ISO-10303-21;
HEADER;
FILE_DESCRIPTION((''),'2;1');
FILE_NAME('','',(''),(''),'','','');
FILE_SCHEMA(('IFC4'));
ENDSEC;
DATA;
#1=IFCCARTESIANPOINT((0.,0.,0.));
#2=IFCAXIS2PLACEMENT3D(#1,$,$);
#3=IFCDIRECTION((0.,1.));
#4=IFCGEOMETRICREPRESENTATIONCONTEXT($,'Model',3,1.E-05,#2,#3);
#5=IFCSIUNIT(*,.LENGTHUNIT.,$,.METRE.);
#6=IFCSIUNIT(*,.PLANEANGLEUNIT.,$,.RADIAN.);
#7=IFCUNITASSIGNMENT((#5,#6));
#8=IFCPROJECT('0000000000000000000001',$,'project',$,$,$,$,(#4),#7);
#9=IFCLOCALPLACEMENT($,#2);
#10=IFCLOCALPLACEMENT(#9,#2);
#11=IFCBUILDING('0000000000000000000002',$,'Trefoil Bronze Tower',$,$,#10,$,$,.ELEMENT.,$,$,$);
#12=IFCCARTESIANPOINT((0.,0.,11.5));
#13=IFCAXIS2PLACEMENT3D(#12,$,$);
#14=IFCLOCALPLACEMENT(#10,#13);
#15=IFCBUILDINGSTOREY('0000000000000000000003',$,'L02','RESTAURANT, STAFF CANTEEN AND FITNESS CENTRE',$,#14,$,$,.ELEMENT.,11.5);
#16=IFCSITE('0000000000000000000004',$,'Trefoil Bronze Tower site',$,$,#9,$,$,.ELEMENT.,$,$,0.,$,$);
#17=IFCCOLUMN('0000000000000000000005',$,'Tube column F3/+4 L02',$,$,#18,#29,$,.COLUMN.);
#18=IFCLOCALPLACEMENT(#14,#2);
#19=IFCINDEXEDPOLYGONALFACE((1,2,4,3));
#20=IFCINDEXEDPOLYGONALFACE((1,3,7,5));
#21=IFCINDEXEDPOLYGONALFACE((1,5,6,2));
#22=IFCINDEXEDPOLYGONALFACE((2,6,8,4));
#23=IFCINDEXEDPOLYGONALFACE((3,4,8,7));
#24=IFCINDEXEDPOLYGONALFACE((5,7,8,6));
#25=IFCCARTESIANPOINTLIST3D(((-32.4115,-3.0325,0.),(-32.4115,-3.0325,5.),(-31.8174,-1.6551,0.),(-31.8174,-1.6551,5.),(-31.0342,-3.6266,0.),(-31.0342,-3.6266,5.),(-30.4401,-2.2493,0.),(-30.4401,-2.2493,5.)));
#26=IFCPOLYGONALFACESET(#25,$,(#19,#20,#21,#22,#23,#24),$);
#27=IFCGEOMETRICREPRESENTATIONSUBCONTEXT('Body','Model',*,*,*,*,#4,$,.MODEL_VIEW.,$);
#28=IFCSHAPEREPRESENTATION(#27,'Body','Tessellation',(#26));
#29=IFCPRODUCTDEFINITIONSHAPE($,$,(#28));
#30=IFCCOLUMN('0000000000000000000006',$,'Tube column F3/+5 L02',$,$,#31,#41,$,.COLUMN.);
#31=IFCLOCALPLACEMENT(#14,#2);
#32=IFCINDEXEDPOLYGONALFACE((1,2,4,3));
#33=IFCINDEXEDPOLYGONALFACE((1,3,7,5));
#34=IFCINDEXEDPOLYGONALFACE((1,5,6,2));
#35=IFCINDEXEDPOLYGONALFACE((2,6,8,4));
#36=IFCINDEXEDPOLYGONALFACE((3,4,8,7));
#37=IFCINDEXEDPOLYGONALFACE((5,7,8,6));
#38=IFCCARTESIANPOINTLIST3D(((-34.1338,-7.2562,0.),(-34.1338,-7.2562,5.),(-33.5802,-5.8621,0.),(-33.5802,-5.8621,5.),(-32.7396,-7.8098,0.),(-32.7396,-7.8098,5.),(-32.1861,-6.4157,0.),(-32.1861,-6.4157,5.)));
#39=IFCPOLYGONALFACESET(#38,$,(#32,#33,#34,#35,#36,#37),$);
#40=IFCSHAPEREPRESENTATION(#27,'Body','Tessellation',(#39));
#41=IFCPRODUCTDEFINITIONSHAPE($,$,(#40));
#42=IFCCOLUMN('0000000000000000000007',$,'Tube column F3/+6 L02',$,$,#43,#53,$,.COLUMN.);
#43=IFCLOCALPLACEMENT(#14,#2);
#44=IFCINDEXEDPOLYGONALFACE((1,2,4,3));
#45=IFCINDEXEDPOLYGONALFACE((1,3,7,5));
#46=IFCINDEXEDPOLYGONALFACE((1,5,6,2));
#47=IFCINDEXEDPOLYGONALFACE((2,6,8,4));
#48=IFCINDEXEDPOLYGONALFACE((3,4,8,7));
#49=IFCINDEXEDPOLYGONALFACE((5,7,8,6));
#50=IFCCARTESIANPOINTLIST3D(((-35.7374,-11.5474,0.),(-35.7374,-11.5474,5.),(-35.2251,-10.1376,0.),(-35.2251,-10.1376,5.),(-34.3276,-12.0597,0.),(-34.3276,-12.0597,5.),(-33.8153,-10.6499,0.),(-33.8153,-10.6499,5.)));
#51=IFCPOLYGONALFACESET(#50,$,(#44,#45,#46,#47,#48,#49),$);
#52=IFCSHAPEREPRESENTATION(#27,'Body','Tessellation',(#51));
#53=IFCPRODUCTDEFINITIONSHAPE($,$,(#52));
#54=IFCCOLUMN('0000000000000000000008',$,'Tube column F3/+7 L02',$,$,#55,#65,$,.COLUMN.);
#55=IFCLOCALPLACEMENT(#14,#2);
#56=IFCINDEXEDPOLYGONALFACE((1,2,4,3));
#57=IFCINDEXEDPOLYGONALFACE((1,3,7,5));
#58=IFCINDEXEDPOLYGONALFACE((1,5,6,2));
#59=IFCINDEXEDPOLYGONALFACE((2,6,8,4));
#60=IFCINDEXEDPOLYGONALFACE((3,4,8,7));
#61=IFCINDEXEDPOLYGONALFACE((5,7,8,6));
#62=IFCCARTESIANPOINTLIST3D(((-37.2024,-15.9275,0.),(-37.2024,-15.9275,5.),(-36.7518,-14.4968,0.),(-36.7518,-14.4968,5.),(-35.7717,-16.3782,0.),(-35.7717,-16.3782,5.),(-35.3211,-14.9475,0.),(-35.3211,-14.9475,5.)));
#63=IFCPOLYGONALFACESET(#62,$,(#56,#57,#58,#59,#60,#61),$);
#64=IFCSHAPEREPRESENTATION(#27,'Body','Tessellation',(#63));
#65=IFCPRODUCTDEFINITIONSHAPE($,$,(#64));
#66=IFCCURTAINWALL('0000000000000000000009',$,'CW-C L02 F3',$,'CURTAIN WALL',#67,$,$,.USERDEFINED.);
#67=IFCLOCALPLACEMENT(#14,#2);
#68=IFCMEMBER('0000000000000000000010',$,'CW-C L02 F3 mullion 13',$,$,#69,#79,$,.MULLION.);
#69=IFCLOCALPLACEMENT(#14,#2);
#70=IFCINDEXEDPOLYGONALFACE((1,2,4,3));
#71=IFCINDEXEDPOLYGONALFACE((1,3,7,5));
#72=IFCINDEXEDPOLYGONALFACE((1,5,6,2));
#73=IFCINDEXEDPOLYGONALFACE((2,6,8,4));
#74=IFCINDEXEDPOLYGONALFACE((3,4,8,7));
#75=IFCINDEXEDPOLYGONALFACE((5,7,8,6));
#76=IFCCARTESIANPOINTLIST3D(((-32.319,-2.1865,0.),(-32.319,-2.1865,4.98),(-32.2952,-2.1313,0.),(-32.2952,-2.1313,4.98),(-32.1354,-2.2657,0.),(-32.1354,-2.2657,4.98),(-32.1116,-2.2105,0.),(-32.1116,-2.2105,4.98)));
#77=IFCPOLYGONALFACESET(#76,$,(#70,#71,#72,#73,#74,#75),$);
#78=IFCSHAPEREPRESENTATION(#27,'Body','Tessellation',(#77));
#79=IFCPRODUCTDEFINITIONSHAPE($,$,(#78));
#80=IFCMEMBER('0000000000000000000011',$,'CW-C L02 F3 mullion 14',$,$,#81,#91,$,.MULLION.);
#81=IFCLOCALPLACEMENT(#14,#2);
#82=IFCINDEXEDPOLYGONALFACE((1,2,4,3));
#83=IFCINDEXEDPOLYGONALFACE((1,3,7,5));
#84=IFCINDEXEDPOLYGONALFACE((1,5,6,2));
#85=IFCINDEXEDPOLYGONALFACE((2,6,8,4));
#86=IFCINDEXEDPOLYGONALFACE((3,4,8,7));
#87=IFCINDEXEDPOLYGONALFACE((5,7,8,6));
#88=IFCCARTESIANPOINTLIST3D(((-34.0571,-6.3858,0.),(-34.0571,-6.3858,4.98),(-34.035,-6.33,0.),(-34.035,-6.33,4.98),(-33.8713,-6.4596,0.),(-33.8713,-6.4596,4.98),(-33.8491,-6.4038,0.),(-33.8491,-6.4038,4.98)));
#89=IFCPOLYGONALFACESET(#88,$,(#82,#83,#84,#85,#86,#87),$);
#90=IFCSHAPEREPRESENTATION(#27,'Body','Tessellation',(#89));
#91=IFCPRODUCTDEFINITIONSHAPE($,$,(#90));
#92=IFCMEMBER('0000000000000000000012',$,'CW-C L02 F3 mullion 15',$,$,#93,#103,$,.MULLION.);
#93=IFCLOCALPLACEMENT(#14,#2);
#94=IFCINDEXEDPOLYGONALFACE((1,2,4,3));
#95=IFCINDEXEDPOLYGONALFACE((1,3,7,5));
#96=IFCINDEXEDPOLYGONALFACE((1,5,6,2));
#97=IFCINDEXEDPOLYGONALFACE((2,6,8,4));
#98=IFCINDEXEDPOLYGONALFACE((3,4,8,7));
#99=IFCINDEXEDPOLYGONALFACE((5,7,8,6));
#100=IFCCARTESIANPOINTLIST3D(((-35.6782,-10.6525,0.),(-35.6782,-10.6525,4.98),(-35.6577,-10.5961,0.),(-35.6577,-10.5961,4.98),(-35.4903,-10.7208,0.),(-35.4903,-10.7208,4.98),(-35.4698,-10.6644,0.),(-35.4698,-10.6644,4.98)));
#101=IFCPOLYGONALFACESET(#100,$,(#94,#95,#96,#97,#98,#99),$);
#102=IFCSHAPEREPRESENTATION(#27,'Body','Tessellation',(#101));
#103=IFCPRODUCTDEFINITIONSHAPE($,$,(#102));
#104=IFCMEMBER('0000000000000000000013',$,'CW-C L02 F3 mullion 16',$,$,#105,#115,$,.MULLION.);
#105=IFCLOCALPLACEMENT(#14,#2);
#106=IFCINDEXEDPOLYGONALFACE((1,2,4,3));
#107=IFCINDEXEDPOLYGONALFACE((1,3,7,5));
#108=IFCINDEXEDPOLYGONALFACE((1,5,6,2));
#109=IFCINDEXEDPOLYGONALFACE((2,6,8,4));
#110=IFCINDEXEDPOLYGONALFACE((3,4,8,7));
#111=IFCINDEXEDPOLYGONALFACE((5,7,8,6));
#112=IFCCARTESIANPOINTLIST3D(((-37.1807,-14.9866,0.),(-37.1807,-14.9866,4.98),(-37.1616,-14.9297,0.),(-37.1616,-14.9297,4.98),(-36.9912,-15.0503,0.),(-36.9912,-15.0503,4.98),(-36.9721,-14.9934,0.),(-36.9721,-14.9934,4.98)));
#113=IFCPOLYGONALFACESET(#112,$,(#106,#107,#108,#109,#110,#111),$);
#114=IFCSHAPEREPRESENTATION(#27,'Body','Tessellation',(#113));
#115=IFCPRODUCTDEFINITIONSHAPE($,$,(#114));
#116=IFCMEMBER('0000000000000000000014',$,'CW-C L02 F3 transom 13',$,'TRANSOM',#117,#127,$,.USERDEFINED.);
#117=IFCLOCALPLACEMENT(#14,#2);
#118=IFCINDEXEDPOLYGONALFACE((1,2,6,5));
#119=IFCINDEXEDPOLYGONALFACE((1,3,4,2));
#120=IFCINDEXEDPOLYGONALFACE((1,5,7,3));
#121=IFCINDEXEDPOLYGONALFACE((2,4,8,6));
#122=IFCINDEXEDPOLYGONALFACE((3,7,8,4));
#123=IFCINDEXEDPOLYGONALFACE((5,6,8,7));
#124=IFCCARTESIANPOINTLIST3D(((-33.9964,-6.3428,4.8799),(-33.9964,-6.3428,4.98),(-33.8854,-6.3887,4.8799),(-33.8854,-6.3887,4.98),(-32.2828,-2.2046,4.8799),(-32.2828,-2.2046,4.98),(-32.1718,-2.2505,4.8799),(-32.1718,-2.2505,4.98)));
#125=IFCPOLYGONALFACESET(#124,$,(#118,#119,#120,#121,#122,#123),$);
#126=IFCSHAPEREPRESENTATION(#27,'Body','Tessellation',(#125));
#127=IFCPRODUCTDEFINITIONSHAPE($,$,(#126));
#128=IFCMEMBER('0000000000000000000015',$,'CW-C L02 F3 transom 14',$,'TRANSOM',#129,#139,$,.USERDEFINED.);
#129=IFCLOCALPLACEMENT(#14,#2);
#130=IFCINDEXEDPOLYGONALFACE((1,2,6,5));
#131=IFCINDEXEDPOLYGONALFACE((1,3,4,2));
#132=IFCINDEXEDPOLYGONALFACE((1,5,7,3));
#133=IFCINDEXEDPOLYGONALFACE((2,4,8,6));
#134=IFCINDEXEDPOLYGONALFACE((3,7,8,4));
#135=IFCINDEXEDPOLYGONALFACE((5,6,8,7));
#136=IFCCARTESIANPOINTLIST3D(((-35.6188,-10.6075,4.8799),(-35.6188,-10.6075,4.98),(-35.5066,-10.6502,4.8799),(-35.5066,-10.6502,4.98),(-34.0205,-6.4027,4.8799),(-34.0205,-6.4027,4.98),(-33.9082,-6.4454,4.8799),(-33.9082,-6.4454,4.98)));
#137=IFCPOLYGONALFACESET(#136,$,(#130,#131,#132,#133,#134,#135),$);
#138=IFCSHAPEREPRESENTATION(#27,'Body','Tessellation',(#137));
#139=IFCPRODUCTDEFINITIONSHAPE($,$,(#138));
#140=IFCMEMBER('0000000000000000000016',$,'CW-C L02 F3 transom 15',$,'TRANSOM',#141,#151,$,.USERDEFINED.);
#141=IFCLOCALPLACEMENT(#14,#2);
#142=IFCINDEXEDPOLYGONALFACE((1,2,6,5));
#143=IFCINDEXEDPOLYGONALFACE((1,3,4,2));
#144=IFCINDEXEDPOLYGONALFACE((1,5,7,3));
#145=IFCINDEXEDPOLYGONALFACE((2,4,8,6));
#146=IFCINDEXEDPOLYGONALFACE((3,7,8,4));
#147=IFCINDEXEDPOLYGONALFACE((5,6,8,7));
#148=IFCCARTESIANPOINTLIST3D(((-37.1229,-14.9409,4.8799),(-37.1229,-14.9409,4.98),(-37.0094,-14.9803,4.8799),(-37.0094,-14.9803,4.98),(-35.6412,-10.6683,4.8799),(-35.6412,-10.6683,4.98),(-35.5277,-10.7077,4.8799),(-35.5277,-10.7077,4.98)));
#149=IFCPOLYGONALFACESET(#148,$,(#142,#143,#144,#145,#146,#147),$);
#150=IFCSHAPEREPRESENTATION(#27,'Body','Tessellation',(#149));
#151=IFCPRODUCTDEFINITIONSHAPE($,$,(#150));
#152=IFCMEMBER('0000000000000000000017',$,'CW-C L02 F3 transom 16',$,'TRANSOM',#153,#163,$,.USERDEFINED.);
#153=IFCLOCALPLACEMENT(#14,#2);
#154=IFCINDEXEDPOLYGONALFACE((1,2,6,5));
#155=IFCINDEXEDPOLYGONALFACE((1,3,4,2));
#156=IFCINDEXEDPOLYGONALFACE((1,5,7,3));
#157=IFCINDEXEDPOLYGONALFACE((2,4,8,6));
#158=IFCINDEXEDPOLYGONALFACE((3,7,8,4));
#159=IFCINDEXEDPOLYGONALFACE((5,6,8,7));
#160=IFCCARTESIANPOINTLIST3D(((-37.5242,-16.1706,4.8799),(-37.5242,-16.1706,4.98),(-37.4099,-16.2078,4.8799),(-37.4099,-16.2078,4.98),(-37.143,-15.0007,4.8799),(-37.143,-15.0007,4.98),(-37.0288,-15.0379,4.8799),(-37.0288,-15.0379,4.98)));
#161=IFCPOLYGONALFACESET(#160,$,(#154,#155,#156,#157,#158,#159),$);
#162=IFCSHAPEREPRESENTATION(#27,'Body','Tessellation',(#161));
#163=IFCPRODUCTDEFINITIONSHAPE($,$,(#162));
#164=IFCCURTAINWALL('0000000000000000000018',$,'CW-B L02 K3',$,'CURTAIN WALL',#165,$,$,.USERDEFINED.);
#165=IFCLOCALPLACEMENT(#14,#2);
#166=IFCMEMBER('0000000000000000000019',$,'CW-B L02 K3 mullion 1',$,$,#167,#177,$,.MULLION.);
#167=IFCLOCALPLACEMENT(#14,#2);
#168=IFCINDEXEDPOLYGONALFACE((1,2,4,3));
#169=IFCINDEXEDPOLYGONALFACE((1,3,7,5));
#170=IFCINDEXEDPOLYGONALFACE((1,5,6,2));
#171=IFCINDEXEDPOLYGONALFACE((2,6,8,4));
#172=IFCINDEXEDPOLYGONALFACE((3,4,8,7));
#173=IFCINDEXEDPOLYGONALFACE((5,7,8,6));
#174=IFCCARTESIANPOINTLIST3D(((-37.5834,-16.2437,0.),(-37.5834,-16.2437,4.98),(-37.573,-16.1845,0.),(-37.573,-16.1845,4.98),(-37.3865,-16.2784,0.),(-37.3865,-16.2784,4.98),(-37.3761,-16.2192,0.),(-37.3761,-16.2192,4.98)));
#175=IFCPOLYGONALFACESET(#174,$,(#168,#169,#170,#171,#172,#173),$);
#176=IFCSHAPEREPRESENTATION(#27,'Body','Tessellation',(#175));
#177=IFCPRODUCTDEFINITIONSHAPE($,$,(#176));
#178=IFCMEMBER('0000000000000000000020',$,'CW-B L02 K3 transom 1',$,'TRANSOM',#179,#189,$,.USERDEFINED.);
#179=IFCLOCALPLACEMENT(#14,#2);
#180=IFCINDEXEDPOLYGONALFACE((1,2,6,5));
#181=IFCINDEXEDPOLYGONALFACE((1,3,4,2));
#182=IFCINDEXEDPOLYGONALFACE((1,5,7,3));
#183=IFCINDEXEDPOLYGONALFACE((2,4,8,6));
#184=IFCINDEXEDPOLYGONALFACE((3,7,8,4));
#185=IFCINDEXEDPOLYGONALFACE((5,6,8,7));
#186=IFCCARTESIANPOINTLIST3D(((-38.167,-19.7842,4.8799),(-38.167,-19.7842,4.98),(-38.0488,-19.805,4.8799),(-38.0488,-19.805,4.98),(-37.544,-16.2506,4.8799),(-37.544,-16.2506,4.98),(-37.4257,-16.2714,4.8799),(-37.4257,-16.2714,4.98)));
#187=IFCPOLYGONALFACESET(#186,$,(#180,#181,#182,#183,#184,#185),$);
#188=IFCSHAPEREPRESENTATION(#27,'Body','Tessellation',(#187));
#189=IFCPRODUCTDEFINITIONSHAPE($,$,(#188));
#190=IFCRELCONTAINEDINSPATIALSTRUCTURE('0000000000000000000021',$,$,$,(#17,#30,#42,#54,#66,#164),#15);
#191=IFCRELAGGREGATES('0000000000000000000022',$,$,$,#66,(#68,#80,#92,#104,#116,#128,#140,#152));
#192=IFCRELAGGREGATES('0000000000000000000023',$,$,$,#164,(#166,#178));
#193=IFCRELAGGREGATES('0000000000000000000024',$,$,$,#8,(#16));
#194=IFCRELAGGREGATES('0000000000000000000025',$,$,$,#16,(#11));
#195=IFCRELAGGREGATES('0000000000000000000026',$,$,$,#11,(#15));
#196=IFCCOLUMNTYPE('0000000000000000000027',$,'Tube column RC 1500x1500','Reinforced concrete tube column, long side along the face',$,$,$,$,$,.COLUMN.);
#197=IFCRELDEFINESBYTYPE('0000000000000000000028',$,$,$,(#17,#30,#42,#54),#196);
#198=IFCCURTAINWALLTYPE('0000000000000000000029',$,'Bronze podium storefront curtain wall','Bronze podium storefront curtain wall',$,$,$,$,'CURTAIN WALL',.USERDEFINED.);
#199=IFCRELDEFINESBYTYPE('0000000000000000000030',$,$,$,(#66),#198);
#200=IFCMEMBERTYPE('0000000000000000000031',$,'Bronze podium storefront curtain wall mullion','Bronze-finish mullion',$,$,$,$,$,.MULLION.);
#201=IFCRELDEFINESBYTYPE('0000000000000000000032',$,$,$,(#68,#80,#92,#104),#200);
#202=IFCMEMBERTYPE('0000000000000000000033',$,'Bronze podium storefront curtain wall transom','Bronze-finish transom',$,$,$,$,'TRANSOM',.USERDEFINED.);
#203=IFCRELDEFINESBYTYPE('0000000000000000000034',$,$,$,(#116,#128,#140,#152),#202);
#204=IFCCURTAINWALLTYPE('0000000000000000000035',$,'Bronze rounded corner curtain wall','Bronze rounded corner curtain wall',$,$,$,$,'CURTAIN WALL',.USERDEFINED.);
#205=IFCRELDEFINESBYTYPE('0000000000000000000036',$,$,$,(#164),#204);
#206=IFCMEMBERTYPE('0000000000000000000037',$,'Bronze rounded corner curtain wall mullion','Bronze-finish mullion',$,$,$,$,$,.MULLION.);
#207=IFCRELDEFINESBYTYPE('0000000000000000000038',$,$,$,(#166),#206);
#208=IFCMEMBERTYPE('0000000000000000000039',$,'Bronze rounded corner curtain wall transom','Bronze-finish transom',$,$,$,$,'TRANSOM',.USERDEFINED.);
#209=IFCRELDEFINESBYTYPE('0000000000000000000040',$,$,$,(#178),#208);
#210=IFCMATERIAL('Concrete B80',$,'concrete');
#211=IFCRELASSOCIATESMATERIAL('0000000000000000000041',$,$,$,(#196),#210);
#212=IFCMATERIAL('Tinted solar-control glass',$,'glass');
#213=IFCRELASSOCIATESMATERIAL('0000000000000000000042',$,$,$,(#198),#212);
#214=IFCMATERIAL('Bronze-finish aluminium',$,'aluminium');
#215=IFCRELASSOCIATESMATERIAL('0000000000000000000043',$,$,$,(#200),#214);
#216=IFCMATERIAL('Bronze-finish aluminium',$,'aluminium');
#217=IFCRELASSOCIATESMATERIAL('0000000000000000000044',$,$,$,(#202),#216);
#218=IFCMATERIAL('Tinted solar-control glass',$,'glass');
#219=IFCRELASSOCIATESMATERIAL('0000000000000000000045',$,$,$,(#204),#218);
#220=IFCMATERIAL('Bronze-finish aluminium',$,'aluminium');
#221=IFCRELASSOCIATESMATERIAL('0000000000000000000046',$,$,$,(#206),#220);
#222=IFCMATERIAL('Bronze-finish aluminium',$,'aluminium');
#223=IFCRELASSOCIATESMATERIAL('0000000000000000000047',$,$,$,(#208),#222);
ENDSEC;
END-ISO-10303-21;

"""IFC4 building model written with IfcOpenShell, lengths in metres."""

from ifc_helpers import new_model, si_unit, direction, frame, origin, origin_2d, place, context, subcontext, project, spatial, rectangle, extrude, material, material_profile, profile_set, type_object, element, aggregate, save


model = new_model("IFC4")

# Units and contexts
model_context = context("Model", 3, precision=1e-05, world=origin(), true_north=direction((0.0, 1.0)))
body_context = subcontext(model_context, "Body", "Model", "MODEL_VIEW")
ifc_project = project(units=[si_unit("LENGTHUNIT", "METRE"), si_unit("PLANEANGLEUNIT", "RADIAN")], contexts=[model_context])

# Site, building, storey
site_placement = place(None, origin())
site = spatial("IfcSite", under=ifc_project, at=site_placement, Name="Trefoil Bronze Tower site", CompositionType="ELEMENT", RefElevation=0.0)
building_placement = place(site_placement, origin())
building = spatial("IfcBuilding", under=site, at=building_placement, Name="Trefoil Bronze Tower", CompositionType="ELEMENT")
storey_placement = place(building_placement, frame((0.0, 0.0, 11.5)))
storey = spatial("IfcBuildingStorey", under=building, at=storey_placement, Name="L02", Description="RESTAURANT, STAFF CANTEEN AND FITNESS CENTRE", CompositionType="ELEMENT", Elevation=11.5)

# Columns
ifc_material_1 = material(Name="Concrete B80", Category="concrete")
ifc_material_profile_1 = material_profile(ifc_material_1, rectangle(XDim=1.5, YDim=1.5, at=origin_2d()), Name="RC 1500x1500")
ifc_profile_set_1 = profile_set([ifc_material_profile_1], Name="Concrete B80")
column_type = type_object("IfcColumnType", Name="Tube column RC 1500x1500", Description="Reinforced concrete tube column, long side along the face", PredefinedType="COLUMN", material=ifc_profile_set_1)
for number, where, z_axis, x_axis, name in (
    (1, (-31.4258, -2.6409, 0.0), (0.0, 0.0, 1.0), (-0.396085, -0.918214, 0.0), "Tube column F3/+4 L02"),
    (2, (-33.1599, -6.8359, 0.0), (0.0, 0.0, 1.0), (-0.36904, -0.929414, 0.0), "Tube column F3/+5 L02"),
    (3, (-34.7764, -11.0986, 0.0), (0.0, 0.0, 1.0), (-0.341559, -0.93986, 0.0), "Tube column F3/+6 L02"),
    (4, (-36.2617, -15.4375, 0.0), (0.0, 0.0, 1.0), (-0.300414, -0.953809, 0.0), "Tube column F3/+7 L02"),
):
    element("IfcColumn", number, at=place(storey_placement, frame(where, z_axis=z_axis, x_axis=x_axis)), inside=storey, type_object=column_type, Name=name, PredefinedType="COLUMN", context=body_context, shape_type="SweptSolid", body=[
        extrude(rectangle(XDim=1.5, YDim=1.5, at=origin_2d()), origin(), (0.0, 0.0, 1.0), 5.0),
    ])

# Curtain walls, members
ifc_material_2 = material(Name="Tinted solar-control glass", Category="glass")
curtain_wall_type_1 = type_object("IfcCurtainWallType", Name="Bronze podium storefront curtain wall", Description="Bronze podium storefront curtain wall", ElementType="CURTAIN WALL", PredefinedType="USERDEFINED", material=ifc_material_2)
curtain_wall_1_placement = place(storey_placement, origin())
curtain_wall_1 = element("IfcCurtainWall", 5, at=curtain_wall_1_placement, inside=storey, type_object=curtain_wall_type_1, Name="CW-C L02 F3", ObjectType="CURTAIN WALL", PredefinedType="USERDEFINED")
ifc_material_3 = material(Name="Bronze-finish aluminium", Category="aluminium")
ifc_material_profile_2 = material_profile(ifc_material_3, rectangle(XDim=0.2, YDim=0.0601, at=origin_2d()), Name="CW-C mullion")
ifc_profile_set_2 = profile_set([ifc_material_profile_2], Name="Bronze-finish aluminium")
member_type_1 = type_object("IfcMemberType", Name="Bronze podium storefront curtain wall mullion", Description="Bronze-finish mullion", PredefinedType="MULLION", material=ifc_profile_set_2)
member_1_placement = place(storey_placement, frame((-32.2153, -2.1985, 0.0), z_axis=(0.0, 0.0, 1.0), x_axis=(0.918214, -0.396085, 0.0)))
member_1 = element("IfcMember", 6, at=member_1_placement, type_object=member_type_1, Name="CW-C L02 F3 mullion 13", PredefinedType="MULLION", context=body_context, shape_type="SweptSolid", body=[
    extrude(rectangle(XDim=0.2, YDim=0.0601, at=origin_2d()), origin(), (0.0, 0.0, 1.0), 4.98),
])
member_2_placement = place(storey_placement, frame((-33.9531, -6.3948, 0.0), z_axis=(0.0, 0.0, 1.0), x_axis=(0.929414, -0.36904, 0.0)))
member_2 = element("IfcMember", 7, at=member_2_placement, type_object=member_type_1, Name="CW-C L02 F3 mullion 14", PredefinedType="MULLION", context=body_context, shape_type="SweptSolid", body=[
    extrude(rectangle(XDim=0.2, YDim=0.0601, at=origin_2d()), origin(), (0.0, 0.0, 1.0), 4.98),
])
member_3_placement = place(storey_placement, frame((-35.574, -10.6584, 0.0), z_axis=(0.0, 0.0, 1.0), x_axis=(0.93986, -0.341559, 0.0)))
member_3 = element("IfcMember", 8, at=member_3_placement, type_object=member_type_1, Name="CW-C L02 F3 mullion 15", PredefinedType="MULLION", context=body_context, shape_type="SweptSolid", body=[
    extrude(rectangle(XDim=0.2, YDim=0.0601, at=origin_2d()), origin(), (0.0, 0.0, 1.0), 4.98),
])
member_4_placement = place(storey_placement, frame((-37.0764, -14.99, 0.0), z_axis=(0.0, 0.0, 1.0), x_axis=(0.947851, -0.318715, 0.0)))
member_4 = element("IfcMember", 9, at=member_4_placement, type_object=member_type_1, Name="CW-C L02 F3 mullion 16", PredefinedType="MULLION", context=body_context, shape_type="SweptSolid", body=[
    extrude(rectangle(XDim=0.2, YDim=0.0601, at=origin_2d()), origin(), (0.0, 0.0, 1.0), 4.98),
])
ifc_material_4 = material(Name="Bronze-finish aluminium", Category="aluminium")
ifc_material_profile_3 = material_profile(ifc_material_4, rectangle(XDim=0.1201, YDim=0.1001, at=origin_2d()), Name="CW-C transom")
ifc_profile_set_3 = profile_set([ifc_material_profile_3], Name="Bronze-finish aluminium")
member_type_2 = type_object("IfcMemberType", Name="Bronze podium storefront curtain wall transom", Description="Bronze-finish transom", ElementType="TRANSOM", PredefinedType="USERDEFINED", material=ifc_profile_set_3)
member_5_placement = place(storey_placement, frame((-32.2273, -2.2275, 4.9299), z_axis=(-0.382594, -0.923917, 0.0), x_axis=(0.923917, -0.382594, 0.0)))
member_5 = element("IfcMember", 10, at=member_5_placement, type_object=member_type_2, Name="CW-C L02 F3 transom 13", ObjectType="TRANSOM", PredefinedType="USERDEFINED", context=body_context, shape_type="SweptSolid", body=[
    extrude(rectangle(XDim=0.1201, YDim=0.1001, at=origin_2d()), origin(), (0.0, 0.0, 1.0), 4.479),
])
member_6_placement = place(storey_placement, frame((-33.9644, -6.4241, 4.9299), z_axis=(-0.355325, -0.934743, 0.0), x_axis=(0.934743, -0.355325, 0.0)))
member_6 = element("IfcMember", 11, at=member_6_placement, type_object=member_type_2, Name="CW-C L02 F3 transom 14", ObjectType="TRANSOM", PredefinedType="USERDEFINED", context=body_context, shape_type="SweptSolid", body=[
    extrude(rectangle(XDim=0.1201, YDim=0.1001, at=origin_2d()), origin(), (0.0, 0.0, 1.0), 4.4983),
])
member_7_placement = place(storey_placement, frame((-35.5845, -10.688, 4.9299), z_axis=(-0.327639, -0.944803, 0.0), x_axis=(0.944803, -0.327639, 0.0)))
member_7 = element("IfcMember", 12, at=member_7_placement, type_object=member_type_2, Name="CW-C L02 F3 transom 15", ObjectType="TRANSOM", PredefinedType="USERDEFINED", context=body_context, shape_type="SweptSolid", body=[
    extrude(rectangle(XDim=0.1201, YDim=0.1001, at=origin_2d()), origin(), (0.0, 0.0, 1.0), 4.5222),
])
member_8_placement = place(storey_placement, frame((-37.0859, -15.0193, 4.9299), z_axis=(-0.309732, -0.950824, 0.0), x_axis=(0.950824, -0.309732, 0.0)))
member_8 = element("IfcMember", 13, at=member_8_placement, type_object=member_type_2, Name="CW-C L02 F3 transom 16", ObjectType="TRANSOM", PredefinedType="USERDEFINED", context=body_context, shape_type="SweptSolid", body=[
    extrude(rectangle(XDim=0.1201, YDim=0.1001, at=origin_2d()), origin(), (0.0, 0.0, 1.0), 1.2305),
])
ifc_material_5 = material(Name="Tinted solar-control glass", Category="glass")
curtain_wall_type_2 = type_object("IfcCurtainWallType", Name="Bronze rounded corner curtain wall", Description="Bronze rounded corner curtain wall", ElementType="CURTAIN WALL", PredefinedType="USERDEFINED", material=ifc_material_5)
curtain_wall_2_placement = place(storey_placement, origin())
curtain_wall_2 = element("IfcCurtainWall", 14, at=curtain_wall_2_placement, inside=storey, type_object=curtain_wall_type_2, Name="CW-B L02 K3", ObjectType="CURTAIN WALL", PredefinedType="USERDEFINED")
ifc_material_6 = material(Name="Bronze-finish aluminium", Category="aluminium")
ifc_material_profile_4 = material_profile(ifc_material_6, rectangle(XDim=0.2, YDim=0.0601, at=origin_2d()), Name="CW-B mullion")
ifc_profile_set_4 = profile_set([ifc_material_profile_4], Name="Bronze-finish aluminium")
member_type_3 = type_object("IfcMemberType", Name="Bronze rounded corner curtain wall mullion", Description="Bronze-finish mullion", PredefinedType="MULLION", material=ifc_profile_set_4)
member_9_placement = place(storey_placement, frame((-37.4797, -16.2314, 0.0), z_axis=(0.0, 0.0, 1.0), x_axis=(0.984808, -0.173648, 0.0)))
member_9 = element("IfcMember", 15, at=member_9_placement, type_object=member_type_3, Name="CW-B L02 K3 mullion 1", PredefinedType="MULLION", context=body_context, shape_type="SweptSolid", body=[
    extrude(rectangle(XDim=0.2, YDim=0.0601, at=origin_2d()), origin(), (0.0, 0.0, 1.0), 4.98),
])
ifc_material_7 = material(Name="Bronze-finish aluminium", Category="aluminium")
ifc_material_profile_5 = material_profile(ifc_material_7, rectangle(XDim=0.1201, YDim=0.1001, at=origin_2d()), Name="CW-B transom")
ifc_profile_set_5 = profile_set([ifc_material_profile_5], Name="Bronze-finish aluminium")
member_type_4 = type_object("IfcMemberType", Name="Bronze rounded corner curtain wall transom", Description="Bronze-finish transom", ElementType="TRANSOM", PredefinedType="USERDEFINED", material=ifc_profile_set_5)
member_10_placement = place(storey_placement, frame((-37.4849, -16.261, 4.9299), z_axis=(-0.173638, -0.98481, 0.0), x_axis=(0.98481, -0.173638, 0.0)))
member_10 = element("IfcMember", 16, at=member_10_placement, type_object=member_type_4, Name="CW-B L02 K3 transom 1", ObjectType="TRANSOM", PredefinedType="USERDEFINED", context=body_context, shape_type="SweptSolid", body=[
    extrude(rectangle(XDim=0.1201, YDim=0.1001, at=origin_2d()), origin(), (0.0, 0.0, 1.0), 3.5881),
])

aggregate(curtain_wall_1, [member_1, member_2, member_3, member_4, member_5, member_6, member_7, member_8])
aggregate(curtain_wall_2, [member_9, member_10])

save(model, "model.ifc")
